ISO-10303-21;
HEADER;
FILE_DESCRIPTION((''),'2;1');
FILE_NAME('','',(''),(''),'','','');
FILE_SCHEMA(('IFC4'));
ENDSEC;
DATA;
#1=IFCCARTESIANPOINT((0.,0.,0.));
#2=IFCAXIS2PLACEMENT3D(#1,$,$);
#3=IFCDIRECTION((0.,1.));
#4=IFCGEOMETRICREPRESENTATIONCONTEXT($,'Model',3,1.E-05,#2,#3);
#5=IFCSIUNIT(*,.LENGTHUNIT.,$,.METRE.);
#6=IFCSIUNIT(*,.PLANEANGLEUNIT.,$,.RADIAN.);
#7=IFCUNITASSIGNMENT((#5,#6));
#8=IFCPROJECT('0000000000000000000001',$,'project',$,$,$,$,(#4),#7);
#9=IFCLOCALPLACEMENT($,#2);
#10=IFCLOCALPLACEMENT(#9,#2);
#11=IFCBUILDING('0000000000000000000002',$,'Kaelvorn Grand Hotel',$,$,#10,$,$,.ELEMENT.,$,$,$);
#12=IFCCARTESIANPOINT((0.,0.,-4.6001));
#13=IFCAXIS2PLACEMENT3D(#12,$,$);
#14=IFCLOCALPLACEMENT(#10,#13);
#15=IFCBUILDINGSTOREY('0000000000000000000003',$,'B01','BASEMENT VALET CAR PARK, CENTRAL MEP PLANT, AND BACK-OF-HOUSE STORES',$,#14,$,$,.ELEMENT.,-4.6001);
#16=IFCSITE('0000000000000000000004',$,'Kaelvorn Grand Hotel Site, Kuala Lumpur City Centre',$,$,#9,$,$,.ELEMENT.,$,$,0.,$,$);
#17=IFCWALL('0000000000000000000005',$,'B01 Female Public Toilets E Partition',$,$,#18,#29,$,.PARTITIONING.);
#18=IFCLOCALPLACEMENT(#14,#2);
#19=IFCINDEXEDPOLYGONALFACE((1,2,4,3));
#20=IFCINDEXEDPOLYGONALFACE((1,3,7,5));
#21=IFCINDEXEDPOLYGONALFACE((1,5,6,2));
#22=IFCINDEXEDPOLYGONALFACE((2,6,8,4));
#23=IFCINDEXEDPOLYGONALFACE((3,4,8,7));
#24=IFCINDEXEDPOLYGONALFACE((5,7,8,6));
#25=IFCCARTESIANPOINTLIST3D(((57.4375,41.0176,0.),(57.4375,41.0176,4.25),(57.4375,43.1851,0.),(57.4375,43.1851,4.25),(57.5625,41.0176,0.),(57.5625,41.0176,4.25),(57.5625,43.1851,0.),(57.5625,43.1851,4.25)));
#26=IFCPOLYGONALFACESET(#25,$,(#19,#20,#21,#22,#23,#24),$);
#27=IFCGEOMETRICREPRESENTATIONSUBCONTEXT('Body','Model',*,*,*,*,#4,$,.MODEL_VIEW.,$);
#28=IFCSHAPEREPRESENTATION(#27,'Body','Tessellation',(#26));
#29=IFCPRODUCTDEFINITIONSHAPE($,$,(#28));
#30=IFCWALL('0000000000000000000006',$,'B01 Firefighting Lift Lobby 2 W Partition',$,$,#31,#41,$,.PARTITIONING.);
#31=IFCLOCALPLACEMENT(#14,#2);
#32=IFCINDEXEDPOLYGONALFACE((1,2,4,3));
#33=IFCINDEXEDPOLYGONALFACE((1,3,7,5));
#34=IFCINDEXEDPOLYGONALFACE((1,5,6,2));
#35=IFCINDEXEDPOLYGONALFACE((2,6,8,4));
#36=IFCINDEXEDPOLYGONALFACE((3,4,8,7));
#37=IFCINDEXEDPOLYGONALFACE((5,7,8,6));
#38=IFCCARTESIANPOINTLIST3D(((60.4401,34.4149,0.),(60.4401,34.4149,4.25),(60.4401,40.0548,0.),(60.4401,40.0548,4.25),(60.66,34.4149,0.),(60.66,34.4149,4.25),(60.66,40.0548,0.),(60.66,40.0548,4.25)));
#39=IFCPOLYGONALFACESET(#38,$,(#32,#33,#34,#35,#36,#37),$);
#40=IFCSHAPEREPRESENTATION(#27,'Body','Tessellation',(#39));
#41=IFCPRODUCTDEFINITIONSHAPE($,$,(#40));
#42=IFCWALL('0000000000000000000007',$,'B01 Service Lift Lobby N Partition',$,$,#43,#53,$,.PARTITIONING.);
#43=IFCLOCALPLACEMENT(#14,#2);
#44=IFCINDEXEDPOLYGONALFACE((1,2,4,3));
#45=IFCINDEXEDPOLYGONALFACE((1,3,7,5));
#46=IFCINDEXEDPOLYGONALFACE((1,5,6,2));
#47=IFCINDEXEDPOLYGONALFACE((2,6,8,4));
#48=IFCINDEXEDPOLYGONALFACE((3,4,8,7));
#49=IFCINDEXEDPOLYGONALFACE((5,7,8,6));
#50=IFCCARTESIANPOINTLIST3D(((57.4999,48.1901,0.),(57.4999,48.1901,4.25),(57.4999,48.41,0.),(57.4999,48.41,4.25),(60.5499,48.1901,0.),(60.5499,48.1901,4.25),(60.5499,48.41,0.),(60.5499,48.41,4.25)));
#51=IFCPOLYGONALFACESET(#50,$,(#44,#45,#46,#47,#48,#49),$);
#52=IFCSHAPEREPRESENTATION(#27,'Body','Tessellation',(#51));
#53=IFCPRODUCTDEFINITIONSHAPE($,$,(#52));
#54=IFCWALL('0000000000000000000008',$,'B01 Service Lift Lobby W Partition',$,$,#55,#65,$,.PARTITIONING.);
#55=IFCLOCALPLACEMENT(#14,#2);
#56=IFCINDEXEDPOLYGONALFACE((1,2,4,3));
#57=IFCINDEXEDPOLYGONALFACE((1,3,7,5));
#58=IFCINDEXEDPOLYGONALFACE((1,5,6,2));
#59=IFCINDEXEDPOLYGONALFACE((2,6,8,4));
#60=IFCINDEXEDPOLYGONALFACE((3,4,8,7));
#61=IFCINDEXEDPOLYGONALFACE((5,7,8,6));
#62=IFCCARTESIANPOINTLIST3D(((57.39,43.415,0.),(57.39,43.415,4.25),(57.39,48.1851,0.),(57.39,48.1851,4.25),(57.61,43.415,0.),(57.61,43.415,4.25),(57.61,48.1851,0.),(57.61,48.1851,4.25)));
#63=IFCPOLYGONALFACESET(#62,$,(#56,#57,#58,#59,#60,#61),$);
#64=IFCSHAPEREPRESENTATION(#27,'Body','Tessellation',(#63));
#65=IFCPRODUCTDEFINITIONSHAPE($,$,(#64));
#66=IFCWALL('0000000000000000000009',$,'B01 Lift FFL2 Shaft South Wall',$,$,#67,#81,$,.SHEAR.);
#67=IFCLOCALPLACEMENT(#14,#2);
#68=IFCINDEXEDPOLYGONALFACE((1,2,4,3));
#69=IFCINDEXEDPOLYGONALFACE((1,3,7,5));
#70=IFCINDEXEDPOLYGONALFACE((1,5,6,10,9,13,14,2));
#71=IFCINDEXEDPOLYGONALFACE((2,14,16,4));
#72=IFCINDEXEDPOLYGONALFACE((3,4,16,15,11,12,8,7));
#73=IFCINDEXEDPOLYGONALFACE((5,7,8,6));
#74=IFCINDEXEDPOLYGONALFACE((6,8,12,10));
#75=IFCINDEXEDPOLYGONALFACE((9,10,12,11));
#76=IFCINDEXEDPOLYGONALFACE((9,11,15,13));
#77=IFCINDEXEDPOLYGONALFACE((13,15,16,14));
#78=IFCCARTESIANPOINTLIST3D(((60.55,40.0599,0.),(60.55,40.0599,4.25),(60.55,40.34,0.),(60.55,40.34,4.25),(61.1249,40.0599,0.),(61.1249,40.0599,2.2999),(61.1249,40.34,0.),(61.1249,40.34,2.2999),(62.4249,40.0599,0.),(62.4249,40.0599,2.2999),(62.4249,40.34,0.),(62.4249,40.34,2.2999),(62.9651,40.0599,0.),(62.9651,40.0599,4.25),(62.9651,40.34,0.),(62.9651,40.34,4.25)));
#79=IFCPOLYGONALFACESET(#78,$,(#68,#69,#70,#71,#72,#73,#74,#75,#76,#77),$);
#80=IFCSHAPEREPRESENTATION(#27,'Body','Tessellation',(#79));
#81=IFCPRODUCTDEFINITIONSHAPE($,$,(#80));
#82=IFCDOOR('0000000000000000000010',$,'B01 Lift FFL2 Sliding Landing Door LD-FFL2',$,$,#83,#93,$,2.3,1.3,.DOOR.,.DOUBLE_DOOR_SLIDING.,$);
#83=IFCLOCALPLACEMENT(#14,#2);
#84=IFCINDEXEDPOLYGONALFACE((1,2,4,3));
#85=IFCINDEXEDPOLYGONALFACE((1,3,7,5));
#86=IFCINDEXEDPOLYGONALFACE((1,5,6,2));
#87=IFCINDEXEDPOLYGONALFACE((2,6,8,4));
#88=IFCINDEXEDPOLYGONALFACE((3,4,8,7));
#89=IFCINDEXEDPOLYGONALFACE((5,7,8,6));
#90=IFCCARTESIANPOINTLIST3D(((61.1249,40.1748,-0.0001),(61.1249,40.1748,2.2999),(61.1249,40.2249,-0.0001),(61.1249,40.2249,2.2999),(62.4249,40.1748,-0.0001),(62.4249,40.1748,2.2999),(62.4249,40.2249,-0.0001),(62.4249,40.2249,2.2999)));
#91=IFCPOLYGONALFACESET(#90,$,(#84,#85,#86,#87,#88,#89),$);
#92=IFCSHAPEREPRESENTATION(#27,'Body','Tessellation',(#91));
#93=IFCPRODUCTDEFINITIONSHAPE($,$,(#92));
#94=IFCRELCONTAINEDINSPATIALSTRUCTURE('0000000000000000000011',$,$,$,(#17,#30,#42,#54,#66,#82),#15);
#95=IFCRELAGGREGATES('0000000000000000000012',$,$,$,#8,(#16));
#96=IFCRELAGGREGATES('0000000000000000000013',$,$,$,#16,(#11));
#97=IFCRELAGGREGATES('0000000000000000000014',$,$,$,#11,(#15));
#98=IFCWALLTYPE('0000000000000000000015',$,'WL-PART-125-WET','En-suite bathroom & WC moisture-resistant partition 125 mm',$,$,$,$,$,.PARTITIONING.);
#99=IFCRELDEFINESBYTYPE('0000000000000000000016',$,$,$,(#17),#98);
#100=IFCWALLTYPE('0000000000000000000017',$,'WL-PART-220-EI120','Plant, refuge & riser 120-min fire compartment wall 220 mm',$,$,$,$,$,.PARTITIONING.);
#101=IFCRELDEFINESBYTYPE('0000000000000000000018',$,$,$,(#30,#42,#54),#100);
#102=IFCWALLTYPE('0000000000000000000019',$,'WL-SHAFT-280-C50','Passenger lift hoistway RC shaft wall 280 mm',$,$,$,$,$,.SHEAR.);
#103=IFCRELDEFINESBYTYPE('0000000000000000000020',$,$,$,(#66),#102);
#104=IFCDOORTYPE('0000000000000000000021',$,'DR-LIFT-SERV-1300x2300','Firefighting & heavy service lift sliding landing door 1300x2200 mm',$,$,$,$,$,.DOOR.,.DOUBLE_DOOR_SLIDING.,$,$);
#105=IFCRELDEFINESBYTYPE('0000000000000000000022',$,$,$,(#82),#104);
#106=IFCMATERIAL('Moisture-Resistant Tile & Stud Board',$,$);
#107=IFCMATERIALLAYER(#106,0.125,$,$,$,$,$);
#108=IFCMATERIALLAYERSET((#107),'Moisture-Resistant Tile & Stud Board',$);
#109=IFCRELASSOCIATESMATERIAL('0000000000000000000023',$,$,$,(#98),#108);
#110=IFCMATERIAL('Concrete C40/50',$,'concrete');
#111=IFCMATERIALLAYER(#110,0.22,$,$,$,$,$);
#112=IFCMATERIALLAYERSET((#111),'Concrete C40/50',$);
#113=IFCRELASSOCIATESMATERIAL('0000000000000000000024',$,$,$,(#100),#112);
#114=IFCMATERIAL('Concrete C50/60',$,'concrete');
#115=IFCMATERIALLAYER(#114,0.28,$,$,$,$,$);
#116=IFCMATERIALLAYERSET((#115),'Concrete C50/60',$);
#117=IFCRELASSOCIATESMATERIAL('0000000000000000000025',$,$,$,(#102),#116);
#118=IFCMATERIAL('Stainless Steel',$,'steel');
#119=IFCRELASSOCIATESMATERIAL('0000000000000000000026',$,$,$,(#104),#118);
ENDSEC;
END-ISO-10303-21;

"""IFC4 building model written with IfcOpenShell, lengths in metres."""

from ifc_helpers import new_model, si_unit, direction, frame, frame_2d, origin, place, context, subcontext, project, spatial, rectangle, extrude, material, layer, layer_set, type_object, element, fill, save


model = new_model("IFC4")

# Units and contexts
model_context = context("Model", 3, precision=1e-05, world=origin(), true_north=direction((0.0, 1.0)))
body_context = subcontext(model_context, "Body", "Model", "MODEL_VIEW")
ifc_project = project(units=[si_unit("LENGTHUNIT", "METRE"), si_unit("PLANEANGLEUNIT", "RADIAN")], contexts=[model_context])

# Site, building, storey
site_placement = place(None, origin())
site = spatial("IfcSite", under=ifc_project, at=site_placement, Name="Kaelvorn Grand Hotel Site, Kuala Lumpur City Centre", CompositionType="ELEMENT", RefElevation=0.0)
building_placement = place(site_placement, origin())
building = spatial("IfcBuilding", under=site, at=building_placement, Name="Kaelvorn Grand Hotel", CompositionType="ELEMENT")
storey_placement = place(building_placement, frame((0.0, 0.0, -4.6001)))
storey = spatial("IfcBuildingStorey", under=building, at=storey_placement, Name="B01", Description="BASEMENT VALET CAR PARK, CENTRAL MEP PLANT, AND BACK-OF-HOUSE STORES", CompositionType="ELEMENT", Elevation=-4.6001)

# Shared definitions
ifc_material_1 = material(Name="Moisture-Resistant Tile & Stud Board")
ifc_layer_1 = layer(ifc_material_1, 0.125)
ifc_layer_set_1 = layer_set([ifc_layer_1], Name="Moisture-Resistant Tile & Stud Board")
wall_type_1 = type_object("IfcWallType", Name="WL-PART-125-WET", Description="En-suite bathroom & WC moisture-resistant partition 125 mm", PredefinedType="PARTITIONING", material=ifc_layer_set_1)

# Walls
wall_1_placement = place(storey_placement, frame((57.5, 41.0176, 0.0), z_axis=(0.0, 0.0, 1.0), x_axis=(0.0, 1.0, 0.0)))
element("IfcWall", 1, at=wall_1_placement, inside=storey, type_object=wall_type_1, Name="B01 Female Public Toilets E Partition", PredefinedType="PARTITIONING", context=body_context, shape_type="SweptSolid", body=[
    extrude(rectangle(XDim=2.1675, YDim=0.125, at=frame_2d((1.0837, 0.0))), origin(), (0.0, 0.0, 1.0), 4.25),
])
ifc_material_2 = material(Name="Concrete C40/50", Category="concrete")
ifc_layer_2 = layer(ifc_material_2, 0.22)
ifc_layer_set_2 = layer_set([ifc_layer_2], Name="Concrete C40/50")
wall_type_2 = type_object("IfcWallType", Name="WL-PART-220-EI120", Description="Plant, refuge & riser 120-min fire compartment wall 220 mm", PredefinedType="PARTITIONING", material=ifc_layer_set_2)
wall_2_placement = place(storey_placement, frame((60.55, 34.415, 0.0), z_axis=(0.0, 0.0, 1.0), x_axis=(0.0, 1.0, 0.0)))
element("IfcWall", 2, at=wall_2_placement, inside=storey, type_object=wall_type_2, Name="B01 Firefighting Lift Lobby 2 W Partition", PredefinedType="PARTITIONING", context=body_context, shape_type="SweptSolid", body=[
    extrude(rectangle(XDim=5.6399, YDim=0.22, at=frame_2d((2.8198, 0.0))), origin(), (0.0, 0.0, 1.0), 4.25),
])

# Walls
wall_3_placement = place(storey_placement, frame((57.5, 48.3, 0.0), z_axis=(0.0, 0.0, 1.0), x_axis=(1.0, 0.0, 0.0)))
element("IfcWall", 3, at=wall_3_placement, inside=storey, type_object=wall_type_2, Name="B01 Service Lift Lobby N Partition", PredefinedType="PARTITIONING", context=body_context, shape_type="SweptSolid", body=[
    extrude(rectangle(XDim=3.05, YDim=0.22, at=frame_2d((1.5249, 0.0))), origin(), (0.0, 0.0, 1.0), 4.25),
])
wall_4_placement = place(storey_placement, frame((57.5, 43.415, 0.0), z_axis=(0.0, 0.0, 1.0), x_axis=(0.0, 1.0, 0.0)))
element("IfcWall", 4, at=wall_4_placement, inside=storey, type_object=wall_type_2, Name="B01 Service Lift Lobby W Partition", PredefinedType="PARTITIONING", context=body_context, shape_type="SweptSolid", body=[
    extrude(rectangle(XDim=4.77, YDim=0.22, at=frame_2d((2.385, 0.0))), origin(), (0.0, 0.0, 1.0), 4.25),
])

# Wall, opening, door
ifc_material_3 = material(Name="Concrete C50/60", Category="concrete")
ifc_layer_3 = layer(ifc_material_3, 0.28)
ifc_layer_set_3 = layer_set([ifc_layer_3], Name="Concrete C50/60")
wall_type_3 = type_object("IfcWallType", Name="WL-SHAFT-280-C50", Description="Passenger lift hoistway RC shaft wall 280 mm", PredefinedType="SHEAR", material=ifc_layer_set_3)
wall_5_placement = place(storey_placement, frame((60.55, 40.2, 0.0), z_axis=(0.0, 0.0, 1.0), x_axis=(1.0, 0.0, 0.0)))
wall_5 = element("IfcWall", 5, at=wall_5_placement, inside=storey, type_object=wall_type_3, Name="B01 Lift FFL2 Shaft South Wall", PredefinedType="SHEAR", context=body_context, shape_type="SweptSolid", body=[
    extrude(rectangle(XDim=2.415, YDim=0.28, at=frame_2d((1.2075, 0.0))), origin(), (0.0, 0.0, 1.0), 4.25),
])
opening_1_placement = place(wall_5_placement, frame((0.575, 0.0, 0.0)))
opening_1 = element("IfcOpeningElement", 6, at=opening_1_placement, cuts=wall_5, PredefinedType="OPENING", context=body_context, shape_type="SweptSolid", body=[
    extrude(rectangle(XDim=1.3, YDim=2.3, at=frame_2d((0.6499, 1.1499))), frame((0.0, 0.1499, 0.0), z_axis=(0.0, -1.0, 0.0), x_axis=(1.0, 0.0, 0.0)), (0.0, 0.0, 1.0), 0.3),
])
ifc_material_4 = material(Name="Stainless Steel", Category="steel")
door_type_1 = type_object("IfcDoorType", Name="DR-LIFT-SERV-1300x2300", Description="Firefighting & heavy service lift sliding landing door 1300x2200 mm", OperationType="DOUBLE_DOOR_SLIDING", PredefinedType="DOOR", material=ifc_material_4)
door_1_placement = place(opening_1_placement, origin())
door_1 = element("IfcDoor", 7, at=door_1_placement, inside=storey, type_object=door_type_1, Name="B01 Lift FFL2 Sliding Landing Door LD-FFL2", OperationType="DOUBLE_DOOR_SLIDING", OverallHeight=2.3, OverallWidth=1.3, PredefinedType="DOOR", context=body_context, shape_type="SweptSolid", body=[
    extrude(rectangle(XDim=1.3, YDim=2.3, at=frame_2d((0.6499, 1.1499))), frame((0.0, 0.0249, 0.0), z_axis=(0.0, -1.0, 0.0), x_axis=(1.0, 0.0, 0.0)), (0.0, 0.0, 1.0), 0.05),
])
fill(opening_1, door_1)

save(model, "model.ifc")
